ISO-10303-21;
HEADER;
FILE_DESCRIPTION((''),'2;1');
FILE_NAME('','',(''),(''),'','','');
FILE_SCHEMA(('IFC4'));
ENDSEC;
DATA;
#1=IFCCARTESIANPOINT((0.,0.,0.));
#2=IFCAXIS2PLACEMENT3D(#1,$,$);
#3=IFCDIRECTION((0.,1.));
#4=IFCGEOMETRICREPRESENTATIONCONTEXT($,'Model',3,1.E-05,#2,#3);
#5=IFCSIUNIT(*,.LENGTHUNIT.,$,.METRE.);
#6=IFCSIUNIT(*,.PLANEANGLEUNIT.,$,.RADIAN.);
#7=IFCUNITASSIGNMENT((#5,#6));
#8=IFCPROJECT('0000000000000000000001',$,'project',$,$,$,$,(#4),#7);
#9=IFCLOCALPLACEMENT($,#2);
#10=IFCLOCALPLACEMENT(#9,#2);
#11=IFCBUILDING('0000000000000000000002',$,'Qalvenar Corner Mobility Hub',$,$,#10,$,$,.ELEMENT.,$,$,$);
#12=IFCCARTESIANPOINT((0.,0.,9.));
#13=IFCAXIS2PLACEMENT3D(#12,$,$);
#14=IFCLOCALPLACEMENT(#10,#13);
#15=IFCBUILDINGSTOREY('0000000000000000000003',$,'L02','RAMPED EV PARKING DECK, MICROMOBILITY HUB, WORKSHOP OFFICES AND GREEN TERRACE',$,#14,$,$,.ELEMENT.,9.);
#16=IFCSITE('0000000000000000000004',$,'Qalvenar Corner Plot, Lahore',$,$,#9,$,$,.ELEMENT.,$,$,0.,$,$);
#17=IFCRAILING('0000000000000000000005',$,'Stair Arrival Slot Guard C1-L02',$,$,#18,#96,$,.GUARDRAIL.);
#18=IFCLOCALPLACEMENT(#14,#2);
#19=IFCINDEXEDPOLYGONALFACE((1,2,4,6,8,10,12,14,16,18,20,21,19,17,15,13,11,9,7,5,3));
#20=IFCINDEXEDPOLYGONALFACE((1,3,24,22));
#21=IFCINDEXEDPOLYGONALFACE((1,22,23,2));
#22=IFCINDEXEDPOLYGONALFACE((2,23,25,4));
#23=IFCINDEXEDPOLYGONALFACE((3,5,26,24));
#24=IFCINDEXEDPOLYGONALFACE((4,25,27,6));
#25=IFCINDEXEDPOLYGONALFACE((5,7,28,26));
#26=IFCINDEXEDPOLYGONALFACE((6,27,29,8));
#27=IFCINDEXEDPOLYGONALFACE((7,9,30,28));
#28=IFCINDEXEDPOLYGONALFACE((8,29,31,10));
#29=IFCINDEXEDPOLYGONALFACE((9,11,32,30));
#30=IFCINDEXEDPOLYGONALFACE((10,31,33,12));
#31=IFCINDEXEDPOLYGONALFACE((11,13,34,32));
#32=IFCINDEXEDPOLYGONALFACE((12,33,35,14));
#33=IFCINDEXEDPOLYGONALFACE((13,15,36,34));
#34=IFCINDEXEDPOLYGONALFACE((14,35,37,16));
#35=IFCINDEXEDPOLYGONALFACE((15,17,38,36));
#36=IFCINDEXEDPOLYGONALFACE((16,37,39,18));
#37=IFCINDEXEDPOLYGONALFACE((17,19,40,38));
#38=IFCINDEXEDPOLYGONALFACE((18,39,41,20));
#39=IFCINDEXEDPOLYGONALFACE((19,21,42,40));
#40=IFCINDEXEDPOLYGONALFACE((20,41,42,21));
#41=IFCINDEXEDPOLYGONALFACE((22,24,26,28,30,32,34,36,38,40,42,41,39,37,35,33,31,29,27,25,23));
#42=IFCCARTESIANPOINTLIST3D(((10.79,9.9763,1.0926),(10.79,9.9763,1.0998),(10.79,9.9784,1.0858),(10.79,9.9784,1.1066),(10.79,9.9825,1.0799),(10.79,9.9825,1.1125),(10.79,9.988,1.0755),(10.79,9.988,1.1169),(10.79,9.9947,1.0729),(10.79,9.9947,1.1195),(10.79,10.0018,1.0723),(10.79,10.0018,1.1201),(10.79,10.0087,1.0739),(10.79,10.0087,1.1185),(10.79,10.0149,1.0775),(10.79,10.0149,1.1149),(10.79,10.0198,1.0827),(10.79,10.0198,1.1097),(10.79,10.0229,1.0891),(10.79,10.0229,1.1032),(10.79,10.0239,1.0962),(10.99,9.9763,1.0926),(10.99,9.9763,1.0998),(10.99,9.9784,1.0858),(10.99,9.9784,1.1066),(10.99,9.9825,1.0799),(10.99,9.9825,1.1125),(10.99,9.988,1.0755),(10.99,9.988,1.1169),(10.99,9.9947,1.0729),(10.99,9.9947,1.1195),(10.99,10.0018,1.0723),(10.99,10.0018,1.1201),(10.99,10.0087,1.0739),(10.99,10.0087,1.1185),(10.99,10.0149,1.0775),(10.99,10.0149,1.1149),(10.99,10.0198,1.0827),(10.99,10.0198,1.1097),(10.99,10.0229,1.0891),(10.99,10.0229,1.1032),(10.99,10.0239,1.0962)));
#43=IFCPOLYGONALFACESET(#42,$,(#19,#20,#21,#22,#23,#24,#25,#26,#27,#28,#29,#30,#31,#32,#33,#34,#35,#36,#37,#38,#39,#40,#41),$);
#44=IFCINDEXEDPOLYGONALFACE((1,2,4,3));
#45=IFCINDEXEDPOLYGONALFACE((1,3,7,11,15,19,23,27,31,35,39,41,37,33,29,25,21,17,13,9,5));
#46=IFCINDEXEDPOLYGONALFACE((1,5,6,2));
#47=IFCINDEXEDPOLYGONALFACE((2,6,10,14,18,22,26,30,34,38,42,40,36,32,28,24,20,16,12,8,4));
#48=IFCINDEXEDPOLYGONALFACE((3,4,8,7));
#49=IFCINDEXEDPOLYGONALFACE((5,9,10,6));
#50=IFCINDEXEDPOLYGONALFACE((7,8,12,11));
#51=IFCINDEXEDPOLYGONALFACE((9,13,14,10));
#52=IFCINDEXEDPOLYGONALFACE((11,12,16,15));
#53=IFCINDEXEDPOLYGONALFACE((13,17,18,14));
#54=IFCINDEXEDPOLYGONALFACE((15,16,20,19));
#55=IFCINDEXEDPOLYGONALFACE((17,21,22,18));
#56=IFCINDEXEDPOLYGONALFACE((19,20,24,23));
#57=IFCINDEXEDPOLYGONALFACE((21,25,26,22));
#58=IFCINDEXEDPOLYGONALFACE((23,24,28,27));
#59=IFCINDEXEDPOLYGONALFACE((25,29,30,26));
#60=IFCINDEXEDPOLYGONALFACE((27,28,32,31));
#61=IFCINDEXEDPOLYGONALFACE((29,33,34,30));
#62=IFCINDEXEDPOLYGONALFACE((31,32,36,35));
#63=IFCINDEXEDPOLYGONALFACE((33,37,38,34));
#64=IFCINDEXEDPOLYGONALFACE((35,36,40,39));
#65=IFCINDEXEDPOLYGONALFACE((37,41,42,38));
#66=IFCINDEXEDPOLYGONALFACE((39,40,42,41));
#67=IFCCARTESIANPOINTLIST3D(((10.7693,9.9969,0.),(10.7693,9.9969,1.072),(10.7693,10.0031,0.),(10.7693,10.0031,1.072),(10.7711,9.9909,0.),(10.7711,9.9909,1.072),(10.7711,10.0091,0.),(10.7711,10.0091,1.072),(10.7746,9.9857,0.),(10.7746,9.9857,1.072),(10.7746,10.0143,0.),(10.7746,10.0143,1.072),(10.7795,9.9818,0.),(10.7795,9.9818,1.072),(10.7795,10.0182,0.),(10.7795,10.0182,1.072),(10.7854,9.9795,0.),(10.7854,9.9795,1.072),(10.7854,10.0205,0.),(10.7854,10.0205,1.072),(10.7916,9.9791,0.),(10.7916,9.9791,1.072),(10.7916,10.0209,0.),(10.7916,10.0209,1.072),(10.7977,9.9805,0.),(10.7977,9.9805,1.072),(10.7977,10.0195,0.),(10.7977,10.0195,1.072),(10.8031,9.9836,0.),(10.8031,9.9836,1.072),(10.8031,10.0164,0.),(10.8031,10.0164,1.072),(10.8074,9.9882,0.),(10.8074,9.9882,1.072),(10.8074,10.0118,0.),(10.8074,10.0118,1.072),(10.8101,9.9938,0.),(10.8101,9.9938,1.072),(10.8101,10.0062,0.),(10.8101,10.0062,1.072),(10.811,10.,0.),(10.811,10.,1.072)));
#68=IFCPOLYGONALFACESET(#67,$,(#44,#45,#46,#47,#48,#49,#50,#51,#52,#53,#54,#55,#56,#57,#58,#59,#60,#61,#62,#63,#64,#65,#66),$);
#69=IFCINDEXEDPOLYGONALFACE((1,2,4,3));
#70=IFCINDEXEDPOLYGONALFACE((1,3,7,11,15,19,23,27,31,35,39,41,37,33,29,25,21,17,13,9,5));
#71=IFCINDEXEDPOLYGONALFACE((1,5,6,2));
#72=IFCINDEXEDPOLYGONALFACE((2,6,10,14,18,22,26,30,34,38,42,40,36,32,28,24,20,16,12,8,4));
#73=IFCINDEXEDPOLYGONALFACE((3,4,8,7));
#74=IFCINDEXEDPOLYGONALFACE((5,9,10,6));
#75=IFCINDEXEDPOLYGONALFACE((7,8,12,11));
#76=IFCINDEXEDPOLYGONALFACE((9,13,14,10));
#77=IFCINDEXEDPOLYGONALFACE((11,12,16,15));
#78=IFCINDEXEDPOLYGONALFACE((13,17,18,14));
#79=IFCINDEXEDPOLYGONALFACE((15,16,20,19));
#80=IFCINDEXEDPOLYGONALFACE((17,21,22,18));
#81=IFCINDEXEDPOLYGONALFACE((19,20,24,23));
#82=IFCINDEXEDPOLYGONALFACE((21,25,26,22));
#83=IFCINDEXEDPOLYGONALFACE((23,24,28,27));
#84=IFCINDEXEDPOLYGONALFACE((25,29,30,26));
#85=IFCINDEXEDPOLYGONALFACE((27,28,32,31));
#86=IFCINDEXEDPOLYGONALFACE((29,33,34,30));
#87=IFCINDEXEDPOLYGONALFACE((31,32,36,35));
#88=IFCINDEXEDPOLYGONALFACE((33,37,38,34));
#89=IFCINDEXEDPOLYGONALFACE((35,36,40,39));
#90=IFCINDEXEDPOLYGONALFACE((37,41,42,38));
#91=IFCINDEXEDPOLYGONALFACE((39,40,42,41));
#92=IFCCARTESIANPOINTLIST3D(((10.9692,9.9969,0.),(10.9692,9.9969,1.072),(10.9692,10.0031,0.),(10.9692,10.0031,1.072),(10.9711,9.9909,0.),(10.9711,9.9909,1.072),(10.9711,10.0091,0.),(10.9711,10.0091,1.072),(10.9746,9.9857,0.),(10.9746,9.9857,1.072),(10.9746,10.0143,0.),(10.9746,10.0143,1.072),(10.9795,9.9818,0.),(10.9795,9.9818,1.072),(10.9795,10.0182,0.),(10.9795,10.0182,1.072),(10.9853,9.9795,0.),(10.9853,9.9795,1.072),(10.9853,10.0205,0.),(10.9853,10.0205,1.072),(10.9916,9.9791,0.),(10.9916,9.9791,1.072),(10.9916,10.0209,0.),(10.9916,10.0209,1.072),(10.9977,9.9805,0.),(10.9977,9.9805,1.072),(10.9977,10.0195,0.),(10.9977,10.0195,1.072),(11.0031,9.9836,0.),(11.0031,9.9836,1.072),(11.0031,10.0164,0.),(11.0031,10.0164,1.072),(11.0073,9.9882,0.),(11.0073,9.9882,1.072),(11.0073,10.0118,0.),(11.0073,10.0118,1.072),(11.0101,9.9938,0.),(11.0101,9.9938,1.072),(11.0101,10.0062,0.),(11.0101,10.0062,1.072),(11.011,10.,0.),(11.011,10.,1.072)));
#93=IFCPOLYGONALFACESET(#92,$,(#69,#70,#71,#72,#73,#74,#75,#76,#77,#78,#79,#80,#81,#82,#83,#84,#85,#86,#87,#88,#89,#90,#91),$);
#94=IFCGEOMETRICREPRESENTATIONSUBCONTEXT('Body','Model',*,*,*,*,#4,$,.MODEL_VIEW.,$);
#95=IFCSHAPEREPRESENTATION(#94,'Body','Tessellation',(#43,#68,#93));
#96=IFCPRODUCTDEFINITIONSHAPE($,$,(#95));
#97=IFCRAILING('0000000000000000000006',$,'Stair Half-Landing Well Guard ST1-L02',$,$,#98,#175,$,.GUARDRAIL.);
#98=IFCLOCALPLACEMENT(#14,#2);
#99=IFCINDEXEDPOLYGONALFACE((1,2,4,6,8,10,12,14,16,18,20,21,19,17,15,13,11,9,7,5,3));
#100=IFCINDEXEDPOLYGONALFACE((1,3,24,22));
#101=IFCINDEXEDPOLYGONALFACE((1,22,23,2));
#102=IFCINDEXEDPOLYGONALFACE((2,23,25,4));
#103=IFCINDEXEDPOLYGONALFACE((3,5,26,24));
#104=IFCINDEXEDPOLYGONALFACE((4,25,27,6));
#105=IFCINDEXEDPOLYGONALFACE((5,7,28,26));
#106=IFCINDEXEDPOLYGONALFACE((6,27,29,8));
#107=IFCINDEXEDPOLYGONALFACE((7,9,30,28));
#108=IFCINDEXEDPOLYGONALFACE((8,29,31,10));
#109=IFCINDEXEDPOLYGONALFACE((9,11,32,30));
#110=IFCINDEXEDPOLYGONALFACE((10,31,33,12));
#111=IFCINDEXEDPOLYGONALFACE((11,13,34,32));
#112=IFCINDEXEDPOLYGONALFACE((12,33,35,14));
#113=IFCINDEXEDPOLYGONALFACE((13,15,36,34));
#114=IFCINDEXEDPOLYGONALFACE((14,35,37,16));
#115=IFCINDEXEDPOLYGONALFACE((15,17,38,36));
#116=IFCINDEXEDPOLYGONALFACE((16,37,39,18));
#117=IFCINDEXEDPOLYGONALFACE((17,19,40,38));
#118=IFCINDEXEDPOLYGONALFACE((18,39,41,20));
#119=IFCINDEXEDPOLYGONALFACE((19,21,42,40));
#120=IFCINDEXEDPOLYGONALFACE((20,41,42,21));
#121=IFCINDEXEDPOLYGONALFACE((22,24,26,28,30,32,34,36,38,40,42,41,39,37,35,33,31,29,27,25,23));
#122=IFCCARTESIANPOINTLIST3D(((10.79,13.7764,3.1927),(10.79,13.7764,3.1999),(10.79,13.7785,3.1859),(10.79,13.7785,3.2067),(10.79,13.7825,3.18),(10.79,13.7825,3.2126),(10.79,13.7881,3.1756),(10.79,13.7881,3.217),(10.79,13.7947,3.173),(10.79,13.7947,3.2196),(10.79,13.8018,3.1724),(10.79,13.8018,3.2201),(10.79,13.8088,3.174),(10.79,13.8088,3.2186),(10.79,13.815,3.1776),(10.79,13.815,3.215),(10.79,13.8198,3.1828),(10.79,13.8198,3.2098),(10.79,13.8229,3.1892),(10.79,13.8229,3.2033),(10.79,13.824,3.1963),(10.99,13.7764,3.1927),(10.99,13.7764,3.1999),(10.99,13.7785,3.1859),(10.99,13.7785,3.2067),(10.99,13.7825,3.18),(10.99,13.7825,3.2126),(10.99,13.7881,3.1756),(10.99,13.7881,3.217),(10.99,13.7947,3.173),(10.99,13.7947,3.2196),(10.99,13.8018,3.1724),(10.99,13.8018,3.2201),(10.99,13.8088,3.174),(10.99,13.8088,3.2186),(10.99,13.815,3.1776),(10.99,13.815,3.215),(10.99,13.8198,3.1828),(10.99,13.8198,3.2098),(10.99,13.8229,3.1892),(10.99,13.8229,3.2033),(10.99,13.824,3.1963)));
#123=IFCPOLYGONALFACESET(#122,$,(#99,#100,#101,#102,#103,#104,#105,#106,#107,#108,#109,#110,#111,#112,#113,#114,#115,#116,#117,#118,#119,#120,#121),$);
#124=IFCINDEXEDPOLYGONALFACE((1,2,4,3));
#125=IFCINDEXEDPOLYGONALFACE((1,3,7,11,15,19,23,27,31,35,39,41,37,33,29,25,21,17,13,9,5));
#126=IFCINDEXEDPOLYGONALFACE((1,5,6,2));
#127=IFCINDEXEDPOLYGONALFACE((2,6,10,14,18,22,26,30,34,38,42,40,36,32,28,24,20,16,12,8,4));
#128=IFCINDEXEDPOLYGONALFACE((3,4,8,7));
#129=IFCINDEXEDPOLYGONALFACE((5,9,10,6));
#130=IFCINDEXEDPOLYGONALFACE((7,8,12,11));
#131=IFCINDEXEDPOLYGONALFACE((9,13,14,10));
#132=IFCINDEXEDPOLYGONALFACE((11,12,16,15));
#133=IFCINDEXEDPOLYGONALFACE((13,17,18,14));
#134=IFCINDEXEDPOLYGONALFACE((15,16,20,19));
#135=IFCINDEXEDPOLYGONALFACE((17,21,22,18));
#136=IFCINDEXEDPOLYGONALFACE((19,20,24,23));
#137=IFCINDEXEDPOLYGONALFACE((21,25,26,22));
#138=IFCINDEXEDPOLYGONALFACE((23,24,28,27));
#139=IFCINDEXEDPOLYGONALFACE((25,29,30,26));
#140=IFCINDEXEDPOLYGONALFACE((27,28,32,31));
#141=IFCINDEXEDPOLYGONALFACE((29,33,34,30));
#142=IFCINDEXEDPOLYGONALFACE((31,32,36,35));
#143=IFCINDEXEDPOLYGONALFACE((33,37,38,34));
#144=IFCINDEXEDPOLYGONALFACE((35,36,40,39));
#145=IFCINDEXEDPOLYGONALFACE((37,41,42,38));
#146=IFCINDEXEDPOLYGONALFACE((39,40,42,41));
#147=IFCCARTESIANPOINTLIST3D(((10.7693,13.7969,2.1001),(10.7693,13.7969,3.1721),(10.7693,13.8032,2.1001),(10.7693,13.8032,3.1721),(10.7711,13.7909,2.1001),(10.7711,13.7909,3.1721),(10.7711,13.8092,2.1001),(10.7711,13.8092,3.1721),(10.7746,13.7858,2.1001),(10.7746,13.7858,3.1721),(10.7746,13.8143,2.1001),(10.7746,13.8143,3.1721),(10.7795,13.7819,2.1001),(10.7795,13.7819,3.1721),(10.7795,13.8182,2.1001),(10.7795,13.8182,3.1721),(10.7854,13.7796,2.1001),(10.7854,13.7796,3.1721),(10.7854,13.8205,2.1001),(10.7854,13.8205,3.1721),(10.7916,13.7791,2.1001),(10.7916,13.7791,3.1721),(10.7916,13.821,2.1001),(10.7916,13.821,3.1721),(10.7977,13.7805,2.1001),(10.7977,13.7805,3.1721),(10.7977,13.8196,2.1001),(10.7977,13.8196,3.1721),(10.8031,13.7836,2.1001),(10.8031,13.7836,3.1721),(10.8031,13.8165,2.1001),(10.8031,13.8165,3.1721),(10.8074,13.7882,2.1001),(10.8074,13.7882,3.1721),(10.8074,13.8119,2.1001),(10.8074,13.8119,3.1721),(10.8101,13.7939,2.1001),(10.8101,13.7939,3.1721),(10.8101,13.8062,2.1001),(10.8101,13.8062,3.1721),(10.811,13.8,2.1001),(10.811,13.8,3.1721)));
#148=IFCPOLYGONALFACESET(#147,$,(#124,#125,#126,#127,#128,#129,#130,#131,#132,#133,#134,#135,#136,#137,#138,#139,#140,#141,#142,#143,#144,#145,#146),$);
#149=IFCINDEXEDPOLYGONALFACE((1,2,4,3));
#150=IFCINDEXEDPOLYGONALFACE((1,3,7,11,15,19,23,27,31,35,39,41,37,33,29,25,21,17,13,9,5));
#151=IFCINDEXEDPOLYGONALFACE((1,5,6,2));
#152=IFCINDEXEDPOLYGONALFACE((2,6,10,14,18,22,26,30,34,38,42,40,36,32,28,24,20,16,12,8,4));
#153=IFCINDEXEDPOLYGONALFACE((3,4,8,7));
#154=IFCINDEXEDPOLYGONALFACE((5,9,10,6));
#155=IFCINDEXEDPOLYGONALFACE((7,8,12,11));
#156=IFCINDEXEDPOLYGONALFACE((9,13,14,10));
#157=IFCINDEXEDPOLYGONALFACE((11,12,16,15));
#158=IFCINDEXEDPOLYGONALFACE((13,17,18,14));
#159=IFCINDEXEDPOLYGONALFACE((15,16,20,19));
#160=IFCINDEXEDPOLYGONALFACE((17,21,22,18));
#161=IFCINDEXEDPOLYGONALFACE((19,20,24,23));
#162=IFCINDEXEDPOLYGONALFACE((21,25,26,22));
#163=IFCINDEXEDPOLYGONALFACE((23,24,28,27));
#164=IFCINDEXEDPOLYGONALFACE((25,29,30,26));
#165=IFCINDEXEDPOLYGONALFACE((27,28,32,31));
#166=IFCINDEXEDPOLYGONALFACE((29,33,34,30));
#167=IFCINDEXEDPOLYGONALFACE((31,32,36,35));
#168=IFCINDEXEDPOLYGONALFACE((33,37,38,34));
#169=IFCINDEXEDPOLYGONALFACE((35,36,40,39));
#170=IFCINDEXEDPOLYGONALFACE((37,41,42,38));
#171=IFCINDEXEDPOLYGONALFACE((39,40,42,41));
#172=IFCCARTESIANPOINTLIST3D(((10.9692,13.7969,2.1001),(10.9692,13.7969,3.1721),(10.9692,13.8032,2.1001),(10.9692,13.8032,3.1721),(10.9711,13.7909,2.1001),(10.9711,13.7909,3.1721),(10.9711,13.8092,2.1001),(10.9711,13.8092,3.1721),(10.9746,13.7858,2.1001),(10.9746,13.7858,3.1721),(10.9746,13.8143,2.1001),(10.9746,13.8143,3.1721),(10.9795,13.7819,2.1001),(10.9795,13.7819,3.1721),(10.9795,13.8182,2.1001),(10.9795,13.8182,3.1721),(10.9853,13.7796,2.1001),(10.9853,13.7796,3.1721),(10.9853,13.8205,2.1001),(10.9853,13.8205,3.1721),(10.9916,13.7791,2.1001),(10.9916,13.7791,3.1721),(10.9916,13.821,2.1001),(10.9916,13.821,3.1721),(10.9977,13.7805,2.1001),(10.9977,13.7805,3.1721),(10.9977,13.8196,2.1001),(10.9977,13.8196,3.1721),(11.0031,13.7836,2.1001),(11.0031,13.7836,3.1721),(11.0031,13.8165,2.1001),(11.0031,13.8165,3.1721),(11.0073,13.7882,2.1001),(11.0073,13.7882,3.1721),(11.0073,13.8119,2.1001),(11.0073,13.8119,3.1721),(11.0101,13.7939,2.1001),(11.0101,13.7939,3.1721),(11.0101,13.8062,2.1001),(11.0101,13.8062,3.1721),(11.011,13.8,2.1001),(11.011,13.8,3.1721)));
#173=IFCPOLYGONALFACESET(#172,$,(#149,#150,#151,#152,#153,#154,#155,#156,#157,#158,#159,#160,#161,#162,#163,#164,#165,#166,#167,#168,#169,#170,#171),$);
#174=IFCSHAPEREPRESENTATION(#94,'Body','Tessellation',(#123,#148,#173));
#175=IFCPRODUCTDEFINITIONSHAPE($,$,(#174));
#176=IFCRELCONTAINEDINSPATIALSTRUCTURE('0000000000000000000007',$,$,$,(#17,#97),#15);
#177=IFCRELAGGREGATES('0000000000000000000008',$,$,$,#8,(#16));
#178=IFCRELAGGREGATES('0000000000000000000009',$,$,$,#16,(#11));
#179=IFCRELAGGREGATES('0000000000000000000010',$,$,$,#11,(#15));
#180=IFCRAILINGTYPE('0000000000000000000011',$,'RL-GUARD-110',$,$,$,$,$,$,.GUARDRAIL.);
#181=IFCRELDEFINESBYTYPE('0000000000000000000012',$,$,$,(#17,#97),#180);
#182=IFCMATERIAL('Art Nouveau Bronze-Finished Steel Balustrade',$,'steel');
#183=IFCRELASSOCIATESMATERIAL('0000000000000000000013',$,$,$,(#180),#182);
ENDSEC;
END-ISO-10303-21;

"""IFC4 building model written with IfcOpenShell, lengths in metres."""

from ifc_helpers import new_model, si_unit, direction, frame, origin, origin_2d, place, context, subcontext, project, spatial, circle, extrude, material, type_object, element, save


model = new_model("IFC4")

# Units and contexts
model_context = context("Model", 3, precision=1e-05, world=origin(), true_north=direction((0.0, 1.0)))
body_context = subcontext(model_context, "Body", "Model", "MODEL_VIEW")
ifc_project = project(units=[si_unit("LENGTHUNIT", "METRE"), si_unit("PLANEANGLEUNIT", "RADIAN")], contexts=[model_context])

# Site, building, storey
site_placement = place(None, origin())
site = spatial("IfcSite", under=ifc_project, at=site_placement, Name="Qalvenar Corner Plot, Lahore", CompositionType="ELEMENT", RefElevation=0.0)
building_placement = place(site_placement, origin())
building = spatial("IfcBuilding", under=site, at=building_placement, Name="Qalvenar Corner Mobility Hub", CompositionType="ELEMENT")
storey_placement = place(building_placement, frame((0.0, 0.0, 9.0)))
storey = spatial("IfcBuildingStorey", under=building, at=storey_placement, Name="L02", Description="RAMPED EV PARKING DECK, MICROMOBILITY HUB, WORKSHOP OFFICES AND GREEN TERRACE", CompositionType="ELEMENT", Elevation=9.0)

# Railings
ifc_material_1 = material(Name="Art Nouveau Bronze-Finished Steel Balustrade", Category="steel")
railing_type_1 = type_object("IfcRailingType", Name="RL-GUARD-110", PredefinedType="GUARDRAIL", material=ifc_material_1)
for number, where, name in (
    (1, (10.79, 10.0, 0.0), "Stair Arrival Slot Guard C1-L02"),
    (2, (10.79, 13.8, 2.1001), "Stair Half-Landing Well Guard ST1-L02"),
):
    element("IfcRailing", number, at=place(storey_placement, frame(where)), inside=storey, type_object=railing_type_1, Name=name, PredefinedType="GUARDRAIL", context=body_context, shape_type="SweptSolid", body=[
        extrude(circle(Radius=0.0239, at=origin_2d()), frame((0.0, 0.0, 1.0962), z_axis=(1.0, 0.0, 0.0), x_axis=(0.0, 1.0, 0.0)), (0.0, 0.0, 1.0), 0.2),
        extrude(circle(Radius=0.021, at=origin_2d()), origin(), (0.0, 0.0, 1.0), 1.072),
        extrude(circle(Radius=0.021, at=origin_2d()), frame((0.2, 0.0, 0.0)), (0.0, 0.0, 1.0), 1.072),
    ])

save(model, "model.ifc")
